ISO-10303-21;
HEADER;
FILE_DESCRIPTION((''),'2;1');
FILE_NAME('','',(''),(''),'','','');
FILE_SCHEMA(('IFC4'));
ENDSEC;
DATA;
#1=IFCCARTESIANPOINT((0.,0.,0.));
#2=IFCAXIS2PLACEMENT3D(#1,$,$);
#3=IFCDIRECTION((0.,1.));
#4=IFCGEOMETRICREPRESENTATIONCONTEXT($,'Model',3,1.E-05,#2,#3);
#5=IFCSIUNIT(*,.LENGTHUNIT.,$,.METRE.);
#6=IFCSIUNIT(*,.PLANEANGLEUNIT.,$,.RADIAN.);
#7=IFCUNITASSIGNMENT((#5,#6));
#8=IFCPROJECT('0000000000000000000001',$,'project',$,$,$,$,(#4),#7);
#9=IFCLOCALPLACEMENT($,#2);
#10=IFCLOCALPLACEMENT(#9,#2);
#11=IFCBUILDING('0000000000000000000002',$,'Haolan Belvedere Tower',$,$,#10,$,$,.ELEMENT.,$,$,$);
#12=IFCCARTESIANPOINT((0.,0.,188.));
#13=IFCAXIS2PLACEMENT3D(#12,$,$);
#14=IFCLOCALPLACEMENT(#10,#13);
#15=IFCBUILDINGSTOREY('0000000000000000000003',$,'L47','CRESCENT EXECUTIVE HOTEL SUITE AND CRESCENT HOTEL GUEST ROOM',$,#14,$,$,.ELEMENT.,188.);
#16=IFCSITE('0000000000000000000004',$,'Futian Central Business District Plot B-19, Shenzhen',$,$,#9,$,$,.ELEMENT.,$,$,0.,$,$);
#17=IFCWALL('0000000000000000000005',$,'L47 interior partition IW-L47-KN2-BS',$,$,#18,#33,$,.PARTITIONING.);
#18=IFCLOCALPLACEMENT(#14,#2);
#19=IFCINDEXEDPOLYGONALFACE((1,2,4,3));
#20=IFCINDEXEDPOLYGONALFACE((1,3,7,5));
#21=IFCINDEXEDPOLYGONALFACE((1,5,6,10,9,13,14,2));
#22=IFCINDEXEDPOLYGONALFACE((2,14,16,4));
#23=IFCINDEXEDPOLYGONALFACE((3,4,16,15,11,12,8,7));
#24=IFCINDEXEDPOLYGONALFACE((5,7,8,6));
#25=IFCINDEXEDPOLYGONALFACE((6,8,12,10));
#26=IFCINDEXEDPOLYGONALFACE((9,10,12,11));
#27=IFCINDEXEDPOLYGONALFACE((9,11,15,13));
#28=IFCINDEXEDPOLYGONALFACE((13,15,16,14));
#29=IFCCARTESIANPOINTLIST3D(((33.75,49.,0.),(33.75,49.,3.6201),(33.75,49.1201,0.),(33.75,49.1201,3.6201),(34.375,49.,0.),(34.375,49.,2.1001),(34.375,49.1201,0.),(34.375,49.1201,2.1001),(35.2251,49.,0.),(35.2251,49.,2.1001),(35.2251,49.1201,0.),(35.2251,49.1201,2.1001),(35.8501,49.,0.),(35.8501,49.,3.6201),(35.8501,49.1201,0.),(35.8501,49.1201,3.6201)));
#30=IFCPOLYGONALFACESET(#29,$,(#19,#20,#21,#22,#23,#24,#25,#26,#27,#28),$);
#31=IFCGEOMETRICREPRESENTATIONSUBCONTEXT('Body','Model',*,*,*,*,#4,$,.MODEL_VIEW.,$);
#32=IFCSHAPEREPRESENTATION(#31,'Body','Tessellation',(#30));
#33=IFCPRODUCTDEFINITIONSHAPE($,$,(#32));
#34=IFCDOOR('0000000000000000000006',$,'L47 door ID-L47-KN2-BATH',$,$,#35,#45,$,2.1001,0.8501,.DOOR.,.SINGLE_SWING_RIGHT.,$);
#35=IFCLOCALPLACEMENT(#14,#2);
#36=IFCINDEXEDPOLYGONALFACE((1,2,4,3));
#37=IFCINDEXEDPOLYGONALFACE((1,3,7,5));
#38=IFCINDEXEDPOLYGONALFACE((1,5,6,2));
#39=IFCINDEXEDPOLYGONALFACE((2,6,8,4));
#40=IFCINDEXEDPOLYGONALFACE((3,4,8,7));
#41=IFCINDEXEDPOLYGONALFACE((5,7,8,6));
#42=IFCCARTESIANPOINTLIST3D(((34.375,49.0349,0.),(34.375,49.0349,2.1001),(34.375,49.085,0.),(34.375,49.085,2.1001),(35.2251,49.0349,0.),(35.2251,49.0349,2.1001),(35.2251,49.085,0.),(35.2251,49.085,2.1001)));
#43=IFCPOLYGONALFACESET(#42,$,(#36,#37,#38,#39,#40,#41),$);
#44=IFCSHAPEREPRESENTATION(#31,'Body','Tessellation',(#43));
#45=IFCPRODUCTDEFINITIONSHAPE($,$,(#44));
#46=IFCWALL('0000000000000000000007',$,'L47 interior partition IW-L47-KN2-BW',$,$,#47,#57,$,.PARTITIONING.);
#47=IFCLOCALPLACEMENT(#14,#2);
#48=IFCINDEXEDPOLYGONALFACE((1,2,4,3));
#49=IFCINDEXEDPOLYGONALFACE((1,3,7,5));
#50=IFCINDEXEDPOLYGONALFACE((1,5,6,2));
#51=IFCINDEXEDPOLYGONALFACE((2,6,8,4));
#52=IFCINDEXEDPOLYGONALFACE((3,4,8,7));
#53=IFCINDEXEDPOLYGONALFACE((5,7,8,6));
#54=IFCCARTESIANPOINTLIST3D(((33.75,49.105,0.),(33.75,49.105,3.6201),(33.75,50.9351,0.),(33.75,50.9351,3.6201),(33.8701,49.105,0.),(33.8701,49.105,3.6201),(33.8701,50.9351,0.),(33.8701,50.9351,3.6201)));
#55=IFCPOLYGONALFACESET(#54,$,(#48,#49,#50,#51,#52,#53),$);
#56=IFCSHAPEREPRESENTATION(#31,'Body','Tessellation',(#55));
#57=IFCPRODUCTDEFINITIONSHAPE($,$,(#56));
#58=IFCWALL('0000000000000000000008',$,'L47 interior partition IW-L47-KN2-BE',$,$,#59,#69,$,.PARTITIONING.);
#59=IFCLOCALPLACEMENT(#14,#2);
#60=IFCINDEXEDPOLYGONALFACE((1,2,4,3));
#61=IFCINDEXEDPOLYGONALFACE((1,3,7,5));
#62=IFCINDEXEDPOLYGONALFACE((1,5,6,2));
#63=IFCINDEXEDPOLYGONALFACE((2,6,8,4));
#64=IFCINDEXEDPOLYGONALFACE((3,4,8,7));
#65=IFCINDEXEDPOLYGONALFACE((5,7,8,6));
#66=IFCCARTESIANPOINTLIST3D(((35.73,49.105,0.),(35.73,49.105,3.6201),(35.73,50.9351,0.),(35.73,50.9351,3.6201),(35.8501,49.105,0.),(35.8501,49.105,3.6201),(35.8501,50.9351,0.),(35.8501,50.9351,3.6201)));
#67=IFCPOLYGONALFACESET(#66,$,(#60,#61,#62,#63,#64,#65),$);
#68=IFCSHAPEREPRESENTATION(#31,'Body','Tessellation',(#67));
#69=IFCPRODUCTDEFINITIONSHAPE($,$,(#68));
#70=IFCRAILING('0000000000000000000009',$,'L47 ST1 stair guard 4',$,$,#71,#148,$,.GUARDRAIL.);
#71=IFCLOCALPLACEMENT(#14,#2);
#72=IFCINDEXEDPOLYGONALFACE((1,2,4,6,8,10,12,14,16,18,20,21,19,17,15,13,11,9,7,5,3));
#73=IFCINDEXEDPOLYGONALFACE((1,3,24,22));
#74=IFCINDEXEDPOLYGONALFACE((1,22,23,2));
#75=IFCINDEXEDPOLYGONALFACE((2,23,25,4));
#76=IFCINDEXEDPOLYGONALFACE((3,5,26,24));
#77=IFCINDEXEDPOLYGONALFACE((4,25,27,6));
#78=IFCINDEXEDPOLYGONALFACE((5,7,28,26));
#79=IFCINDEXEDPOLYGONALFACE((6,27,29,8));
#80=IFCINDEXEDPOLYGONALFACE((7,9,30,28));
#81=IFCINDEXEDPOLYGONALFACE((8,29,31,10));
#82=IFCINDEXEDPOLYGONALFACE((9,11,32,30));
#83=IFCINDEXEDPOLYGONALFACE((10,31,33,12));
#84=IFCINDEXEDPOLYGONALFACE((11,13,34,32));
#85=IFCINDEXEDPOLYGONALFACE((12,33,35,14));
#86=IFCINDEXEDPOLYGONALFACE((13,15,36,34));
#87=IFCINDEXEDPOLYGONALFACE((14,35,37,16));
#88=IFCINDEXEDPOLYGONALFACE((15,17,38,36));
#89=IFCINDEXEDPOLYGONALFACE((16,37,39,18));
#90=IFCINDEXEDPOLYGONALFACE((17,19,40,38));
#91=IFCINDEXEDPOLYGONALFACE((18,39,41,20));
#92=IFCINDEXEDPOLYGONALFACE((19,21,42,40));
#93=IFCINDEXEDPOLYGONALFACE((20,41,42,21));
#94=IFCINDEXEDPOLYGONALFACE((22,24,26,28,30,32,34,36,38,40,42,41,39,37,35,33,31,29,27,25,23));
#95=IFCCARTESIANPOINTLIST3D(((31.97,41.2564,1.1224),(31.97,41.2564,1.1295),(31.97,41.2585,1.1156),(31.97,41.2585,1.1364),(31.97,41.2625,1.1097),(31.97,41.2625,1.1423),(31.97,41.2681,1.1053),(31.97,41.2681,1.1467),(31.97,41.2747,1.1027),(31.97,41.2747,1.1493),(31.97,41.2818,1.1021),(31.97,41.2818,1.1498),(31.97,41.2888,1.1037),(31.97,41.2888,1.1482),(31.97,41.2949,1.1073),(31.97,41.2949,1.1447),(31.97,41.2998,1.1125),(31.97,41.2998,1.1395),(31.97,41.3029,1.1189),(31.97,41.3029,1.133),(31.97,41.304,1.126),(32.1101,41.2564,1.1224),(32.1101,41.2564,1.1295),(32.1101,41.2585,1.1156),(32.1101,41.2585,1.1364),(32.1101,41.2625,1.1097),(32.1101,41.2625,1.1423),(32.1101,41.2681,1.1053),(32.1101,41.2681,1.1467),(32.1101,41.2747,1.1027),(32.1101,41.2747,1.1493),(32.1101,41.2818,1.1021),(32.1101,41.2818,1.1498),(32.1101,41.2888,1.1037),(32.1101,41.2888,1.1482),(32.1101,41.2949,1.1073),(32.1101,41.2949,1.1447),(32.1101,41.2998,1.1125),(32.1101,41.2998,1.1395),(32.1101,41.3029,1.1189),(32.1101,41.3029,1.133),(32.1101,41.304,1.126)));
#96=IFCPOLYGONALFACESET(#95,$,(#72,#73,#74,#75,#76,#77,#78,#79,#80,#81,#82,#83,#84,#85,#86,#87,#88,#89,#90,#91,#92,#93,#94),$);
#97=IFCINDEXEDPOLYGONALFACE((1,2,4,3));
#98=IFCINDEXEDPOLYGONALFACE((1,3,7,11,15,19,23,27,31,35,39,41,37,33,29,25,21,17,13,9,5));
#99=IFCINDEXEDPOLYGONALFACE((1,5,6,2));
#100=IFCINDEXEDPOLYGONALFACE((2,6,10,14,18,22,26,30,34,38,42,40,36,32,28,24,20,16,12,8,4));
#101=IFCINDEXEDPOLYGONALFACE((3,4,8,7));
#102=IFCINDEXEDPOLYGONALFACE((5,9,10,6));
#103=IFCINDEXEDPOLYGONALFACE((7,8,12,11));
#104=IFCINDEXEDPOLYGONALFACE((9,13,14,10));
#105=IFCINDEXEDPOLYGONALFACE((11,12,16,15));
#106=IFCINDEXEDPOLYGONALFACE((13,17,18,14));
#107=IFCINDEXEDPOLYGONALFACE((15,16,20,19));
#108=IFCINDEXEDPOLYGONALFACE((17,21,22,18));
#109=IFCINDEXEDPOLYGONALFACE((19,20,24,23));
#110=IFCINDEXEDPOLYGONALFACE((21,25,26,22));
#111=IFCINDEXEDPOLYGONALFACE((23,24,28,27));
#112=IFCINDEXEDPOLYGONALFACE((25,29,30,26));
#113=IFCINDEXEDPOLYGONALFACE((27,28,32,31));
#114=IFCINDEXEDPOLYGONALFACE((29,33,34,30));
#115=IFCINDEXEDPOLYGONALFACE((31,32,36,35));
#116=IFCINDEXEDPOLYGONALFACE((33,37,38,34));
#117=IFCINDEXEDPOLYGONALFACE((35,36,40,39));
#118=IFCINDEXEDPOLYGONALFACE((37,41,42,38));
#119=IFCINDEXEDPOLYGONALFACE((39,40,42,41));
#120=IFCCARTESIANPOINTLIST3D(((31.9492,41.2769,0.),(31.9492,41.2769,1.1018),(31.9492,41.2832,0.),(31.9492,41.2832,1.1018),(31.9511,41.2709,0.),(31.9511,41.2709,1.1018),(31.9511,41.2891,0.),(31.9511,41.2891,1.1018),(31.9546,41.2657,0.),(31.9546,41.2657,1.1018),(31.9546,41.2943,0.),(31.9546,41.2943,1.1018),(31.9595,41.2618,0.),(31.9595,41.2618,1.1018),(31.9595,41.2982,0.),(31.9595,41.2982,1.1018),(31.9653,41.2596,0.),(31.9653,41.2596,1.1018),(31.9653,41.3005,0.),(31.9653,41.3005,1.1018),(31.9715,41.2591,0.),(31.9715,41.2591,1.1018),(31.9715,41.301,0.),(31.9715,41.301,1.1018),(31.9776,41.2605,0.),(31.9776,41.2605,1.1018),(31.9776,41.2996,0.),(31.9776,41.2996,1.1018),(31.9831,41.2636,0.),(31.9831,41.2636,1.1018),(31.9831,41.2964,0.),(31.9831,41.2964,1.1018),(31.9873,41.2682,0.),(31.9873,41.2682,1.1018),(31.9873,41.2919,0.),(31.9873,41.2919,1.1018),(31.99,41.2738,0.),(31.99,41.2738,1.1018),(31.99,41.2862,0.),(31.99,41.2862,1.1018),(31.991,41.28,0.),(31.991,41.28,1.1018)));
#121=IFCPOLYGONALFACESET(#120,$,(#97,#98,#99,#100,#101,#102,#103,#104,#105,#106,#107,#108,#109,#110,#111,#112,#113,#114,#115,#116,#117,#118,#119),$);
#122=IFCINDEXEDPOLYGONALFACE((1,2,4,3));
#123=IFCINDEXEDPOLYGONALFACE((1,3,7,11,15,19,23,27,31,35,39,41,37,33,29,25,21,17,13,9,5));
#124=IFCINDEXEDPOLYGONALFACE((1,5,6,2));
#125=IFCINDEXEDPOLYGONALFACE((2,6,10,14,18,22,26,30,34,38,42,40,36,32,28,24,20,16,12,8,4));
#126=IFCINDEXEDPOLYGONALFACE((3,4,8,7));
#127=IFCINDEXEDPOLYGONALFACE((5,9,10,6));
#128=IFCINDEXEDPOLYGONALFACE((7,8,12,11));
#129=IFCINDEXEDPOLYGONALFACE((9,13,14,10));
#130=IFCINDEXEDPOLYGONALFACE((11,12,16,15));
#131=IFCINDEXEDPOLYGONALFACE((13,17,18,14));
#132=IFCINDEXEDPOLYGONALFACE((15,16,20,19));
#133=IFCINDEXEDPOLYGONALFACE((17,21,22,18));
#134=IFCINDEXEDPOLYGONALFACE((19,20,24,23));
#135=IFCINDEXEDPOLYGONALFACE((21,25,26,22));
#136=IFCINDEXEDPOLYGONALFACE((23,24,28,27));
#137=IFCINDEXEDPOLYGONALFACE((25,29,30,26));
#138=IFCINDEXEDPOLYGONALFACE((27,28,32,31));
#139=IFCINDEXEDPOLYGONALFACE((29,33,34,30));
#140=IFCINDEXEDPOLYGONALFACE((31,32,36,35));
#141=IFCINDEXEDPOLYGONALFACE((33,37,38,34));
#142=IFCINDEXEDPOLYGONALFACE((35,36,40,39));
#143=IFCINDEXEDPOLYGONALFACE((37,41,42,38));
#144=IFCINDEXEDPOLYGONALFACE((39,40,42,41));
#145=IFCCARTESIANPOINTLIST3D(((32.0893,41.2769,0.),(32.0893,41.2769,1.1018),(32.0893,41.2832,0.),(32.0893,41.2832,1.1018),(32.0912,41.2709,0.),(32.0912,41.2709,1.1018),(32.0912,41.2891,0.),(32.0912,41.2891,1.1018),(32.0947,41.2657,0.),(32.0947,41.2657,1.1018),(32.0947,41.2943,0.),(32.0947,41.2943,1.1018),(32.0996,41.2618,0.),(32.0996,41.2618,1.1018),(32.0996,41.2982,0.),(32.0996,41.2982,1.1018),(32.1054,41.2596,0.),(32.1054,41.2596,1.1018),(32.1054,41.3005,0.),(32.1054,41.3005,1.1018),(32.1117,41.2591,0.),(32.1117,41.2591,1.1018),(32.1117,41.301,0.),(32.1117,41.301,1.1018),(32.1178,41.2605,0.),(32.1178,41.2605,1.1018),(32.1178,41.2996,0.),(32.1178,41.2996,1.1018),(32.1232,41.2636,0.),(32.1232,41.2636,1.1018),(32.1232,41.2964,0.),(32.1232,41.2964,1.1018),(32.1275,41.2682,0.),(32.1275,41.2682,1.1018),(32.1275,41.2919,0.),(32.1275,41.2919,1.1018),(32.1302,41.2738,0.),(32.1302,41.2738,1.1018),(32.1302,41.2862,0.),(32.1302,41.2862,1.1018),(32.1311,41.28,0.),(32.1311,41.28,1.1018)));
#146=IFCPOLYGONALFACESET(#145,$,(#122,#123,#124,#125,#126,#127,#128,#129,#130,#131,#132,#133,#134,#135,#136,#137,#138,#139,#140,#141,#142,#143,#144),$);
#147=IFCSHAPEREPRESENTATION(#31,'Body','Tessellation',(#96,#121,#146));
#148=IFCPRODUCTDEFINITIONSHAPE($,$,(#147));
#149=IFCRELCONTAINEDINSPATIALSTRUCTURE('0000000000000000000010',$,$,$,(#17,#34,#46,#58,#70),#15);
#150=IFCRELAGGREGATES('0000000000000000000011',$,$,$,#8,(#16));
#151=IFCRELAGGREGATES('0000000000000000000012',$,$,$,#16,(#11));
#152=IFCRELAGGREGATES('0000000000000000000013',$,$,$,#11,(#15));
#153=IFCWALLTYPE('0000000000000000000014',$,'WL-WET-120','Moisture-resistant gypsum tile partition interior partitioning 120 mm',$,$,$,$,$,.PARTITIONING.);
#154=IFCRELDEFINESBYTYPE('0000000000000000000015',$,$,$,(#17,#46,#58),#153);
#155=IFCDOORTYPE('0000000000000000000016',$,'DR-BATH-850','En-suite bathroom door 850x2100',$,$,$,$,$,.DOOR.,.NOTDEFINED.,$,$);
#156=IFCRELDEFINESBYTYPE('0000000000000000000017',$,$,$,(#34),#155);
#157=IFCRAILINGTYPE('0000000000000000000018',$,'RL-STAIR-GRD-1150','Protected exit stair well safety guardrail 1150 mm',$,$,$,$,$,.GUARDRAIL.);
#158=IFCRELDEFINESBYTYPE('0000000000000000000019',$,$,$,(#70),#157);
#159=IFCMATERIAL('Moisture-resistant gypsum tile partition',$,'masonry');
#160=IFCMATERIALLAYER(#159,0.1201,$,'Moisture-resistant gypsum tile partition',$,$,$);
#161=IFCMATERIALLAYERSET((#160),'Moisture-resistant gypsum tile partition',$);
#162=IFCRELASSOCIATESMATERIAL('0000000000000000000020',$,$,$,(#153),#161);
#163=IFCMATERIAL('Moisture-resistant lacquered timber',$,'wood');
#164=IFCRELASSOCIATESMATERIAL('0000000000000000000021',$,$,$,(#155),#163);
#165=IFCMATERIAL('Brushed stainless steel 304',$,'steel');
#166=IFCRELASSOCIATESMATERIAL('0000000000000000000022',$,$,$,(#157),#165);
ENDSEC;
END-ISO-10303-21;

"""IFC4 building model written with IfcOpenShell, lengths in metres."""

from ifc_helpers import new_model, si_unit, direction, frame, frame_2d, origin, origin_2d, place, context, subcontext, project, spatial, rectangle, circle, extrude, material, layer, layer_set, type_object, element, fill, save


model = new_model("IFC4")

# Units and contexts
model_context = context("Model", 3, precision=1e-05, world=origin(), true_north=direction((0.0, 1.0)))
body_context = subcontext(model_context, "Body", "Model", "MODEL_VIEW")
ifc_project = project(units=[si_unit("LENGTHUNIT", "METRE"), si_unit("PLANEANGLEUNIT", "RADIAN")], contexts=[model_context])

# Site, building, storey
site_placement = place(None, origin())
site = spatial("IfcSite", under=ifc_project, at=site_placement, Name="Futian Central Business District Plot B-19, Shenzhen", CompositionType="ELEMENT", RefElevation=0.0)
building_placement = place(site_placement, origin())
building = spatial("IfcBuilding", under=site, at=building_placement, Name="Haolan Belvedere Tower", CompositionType="ELEMENT")
storey_placement = place(building_placement, frame((0.0, 0.0, 188.0)))
storey = spatial("IfcBuildingStorey", under=building, at=storey_placement, Name="L47", Description="CRESCENT EXECUTIVE HOTEL SUITE AND CRESCENT HOTEL GUEST ROOM", CompositionType="ELEMENT", Elevation=188.0)

# Shared definitions
ifc_material_1 = material(Name="Moisture-resistant gypsum tile partition", Category="masonry")
ifc_layer_1 = layer(ifc_material_1, 0.1201, Name="Moisture-resistant gypsum tile partition")
ifc_layer_set_1 = layer_set([ifc_layer_1], Name="Moisture-resistant gypsum tile partition")
wall_type_1 = type_object("IfcWallType", Name="WL-WET-120", Description="Moisture-resistant gypsum tile partition interior partitioning 120 mm", PredefinedType="PARTITIONING", material=ifc_layer_set_1)

# Wall, opening, door
wall_1_placement = place(storey_placement, frame((33.75, 49.0601, 0.0), z_axis=(0.0, 0.0, 1.0), x_axis=(1.0, 0.0, 0.0)))
wall_1 = element("IfcWall", 1, at=wall_1_placement, inside=storey, type_object=wall_type_1, Name="L47 interior partition IW-L47-KN2-BS", PredefinedType="PARTITIONING", context=body_context, shape_type="SweptSolid", body=[
    extrude(rectangle(XDim=2.1001, YDim=0.1201, at=frame_2d((1.05, 0.0))), origin(), (0.0, 0.0, 1.0), 3.6201),
])
opening_1_placement = place(wall_1_placement, frame((0.625, 0.0, 0.0)))
opening_1 = element("IfcOpeningElement", 2, at=opening_1_placement, cuts=wall_1, PredefinedType="OPENING", context=body_context, shape_type="SweptSolid", body=[
    extrude(rectangle(XDim=0.8501, YDim=2.1001, at=frame_2d((0.425, 1.05))), frame((0.0, 0.0701, 0.0), z_axis=(0.0, -1.0, 0.0), x_axis=(1.0, 0.0, 0.0)), (0.0, 0.0, 1.0), 0.1401),
])
ifc_material_2 = material(Name="Moisture-resistant lacquered timber", Category="wood")
door_type_1 = type_object("IfcDoorType", Name="DR-BATH-850", Description="En-suite bathroom door 850x2100", OperationType="NOTDEFINED", PredefinedType="DOOR", material=ifc_material_2)
door_1_placement = place(opening_1_placement, origin())
door_1 = element("IfcDoor", 3, at=door_1_placement, inside=storey, type_object=door_type_1, Name="L47 door ID-L47-KN2-BATH", OperationType="SINGLE_SWING_RIGHT", OverallHeight=2.1001, OverallWidth=0.8501, PredefinedType="DOOR", context=body_context, shape_type="SweptSolid", body=[
    extrude(rectangle(XDim=0.8501, YDim=2.1001, at=frame_2d((0.425, 1.05))), frame((0.0, 0.0249, 0.0), z_axis=(0.0, -1.0, 0.0), x_axis=(1.0, 0.0, 0.0)), (0.0, 0.0, 1.0), 0.05),
])
fill(opening_1, door_1)

# Walls
for number, where, z_axis, x_axis, name in (
    (4, (33.8101, 49.105, 0.0), (0.0, 0.0, 1.0), (0.0, 1.0, 0.0), "L47 interior partition IW-L47-KN2-BW"),
    (5, (35.79, 49.105, 0.0), (0.0, 0.0, 1.0), (0.0, 1.0, 0.0), "L47 interior partition IW-L47-KN2-BE"),
):
    element("IfcWall", number, at=place(storey_placement, frame(where, z_axis=z_axis, x_axis=x_axis)), inside=storey, type_object=wall_type_1, Name=name, PredefinedType="PARTITIONING", context=body_context, shape_type="SweptSolid", body=[
        extrude(rectangle(XDim=1.8301, YDim=0.1201, at=frame_2d((0.915, 0.0))), origin(), (0.0, 0.0, 1.0), 3.6201),
    ])

# Railing
ifc_material_3 = material(Name="Brushed stainless steel 304", Category="steel")
railing_type = type_object("IfcRailingType", Name="RL-STAIR-GRD-1150", Description="Protected exit stair well safety guardrail 1150 mm", PredefinedType="GUARDRAIL", material=ifc_material_3)
railing_1_placement = place(storey_placement, frame((31.97, 41.28, 0.0)))
element("IfcRailing", 6, at=railing_1_placement, inside=storey, type_object=railing_type, Name="L47 ST1 stair guard 4", PredefinedType="GUARDRAIL", context=body_context, shape_type="SweptSolid", body=[
    extrude(circle(Radius=0.0239, at=origin_2d()), frame((0.0, 0.0, 1.126), z_axis=(1.0, 0.0, 0.0), x_axis=(0.0, 1.0, 0.0)), (0.0, 0.0, 1.0), 0.1401),
    extrude(circle(Radius=0.021, at=origin_2d()), origin(), (0.0, 0.0, 1.0), 1.1018),
    extrude(circle(Radius=0.021, at=origin_2d()), frame((0.1401, 0.0, 0.0)), (0.0, 0.0, 1.0), 1.1018),
])

save(model, "model.ifc")
